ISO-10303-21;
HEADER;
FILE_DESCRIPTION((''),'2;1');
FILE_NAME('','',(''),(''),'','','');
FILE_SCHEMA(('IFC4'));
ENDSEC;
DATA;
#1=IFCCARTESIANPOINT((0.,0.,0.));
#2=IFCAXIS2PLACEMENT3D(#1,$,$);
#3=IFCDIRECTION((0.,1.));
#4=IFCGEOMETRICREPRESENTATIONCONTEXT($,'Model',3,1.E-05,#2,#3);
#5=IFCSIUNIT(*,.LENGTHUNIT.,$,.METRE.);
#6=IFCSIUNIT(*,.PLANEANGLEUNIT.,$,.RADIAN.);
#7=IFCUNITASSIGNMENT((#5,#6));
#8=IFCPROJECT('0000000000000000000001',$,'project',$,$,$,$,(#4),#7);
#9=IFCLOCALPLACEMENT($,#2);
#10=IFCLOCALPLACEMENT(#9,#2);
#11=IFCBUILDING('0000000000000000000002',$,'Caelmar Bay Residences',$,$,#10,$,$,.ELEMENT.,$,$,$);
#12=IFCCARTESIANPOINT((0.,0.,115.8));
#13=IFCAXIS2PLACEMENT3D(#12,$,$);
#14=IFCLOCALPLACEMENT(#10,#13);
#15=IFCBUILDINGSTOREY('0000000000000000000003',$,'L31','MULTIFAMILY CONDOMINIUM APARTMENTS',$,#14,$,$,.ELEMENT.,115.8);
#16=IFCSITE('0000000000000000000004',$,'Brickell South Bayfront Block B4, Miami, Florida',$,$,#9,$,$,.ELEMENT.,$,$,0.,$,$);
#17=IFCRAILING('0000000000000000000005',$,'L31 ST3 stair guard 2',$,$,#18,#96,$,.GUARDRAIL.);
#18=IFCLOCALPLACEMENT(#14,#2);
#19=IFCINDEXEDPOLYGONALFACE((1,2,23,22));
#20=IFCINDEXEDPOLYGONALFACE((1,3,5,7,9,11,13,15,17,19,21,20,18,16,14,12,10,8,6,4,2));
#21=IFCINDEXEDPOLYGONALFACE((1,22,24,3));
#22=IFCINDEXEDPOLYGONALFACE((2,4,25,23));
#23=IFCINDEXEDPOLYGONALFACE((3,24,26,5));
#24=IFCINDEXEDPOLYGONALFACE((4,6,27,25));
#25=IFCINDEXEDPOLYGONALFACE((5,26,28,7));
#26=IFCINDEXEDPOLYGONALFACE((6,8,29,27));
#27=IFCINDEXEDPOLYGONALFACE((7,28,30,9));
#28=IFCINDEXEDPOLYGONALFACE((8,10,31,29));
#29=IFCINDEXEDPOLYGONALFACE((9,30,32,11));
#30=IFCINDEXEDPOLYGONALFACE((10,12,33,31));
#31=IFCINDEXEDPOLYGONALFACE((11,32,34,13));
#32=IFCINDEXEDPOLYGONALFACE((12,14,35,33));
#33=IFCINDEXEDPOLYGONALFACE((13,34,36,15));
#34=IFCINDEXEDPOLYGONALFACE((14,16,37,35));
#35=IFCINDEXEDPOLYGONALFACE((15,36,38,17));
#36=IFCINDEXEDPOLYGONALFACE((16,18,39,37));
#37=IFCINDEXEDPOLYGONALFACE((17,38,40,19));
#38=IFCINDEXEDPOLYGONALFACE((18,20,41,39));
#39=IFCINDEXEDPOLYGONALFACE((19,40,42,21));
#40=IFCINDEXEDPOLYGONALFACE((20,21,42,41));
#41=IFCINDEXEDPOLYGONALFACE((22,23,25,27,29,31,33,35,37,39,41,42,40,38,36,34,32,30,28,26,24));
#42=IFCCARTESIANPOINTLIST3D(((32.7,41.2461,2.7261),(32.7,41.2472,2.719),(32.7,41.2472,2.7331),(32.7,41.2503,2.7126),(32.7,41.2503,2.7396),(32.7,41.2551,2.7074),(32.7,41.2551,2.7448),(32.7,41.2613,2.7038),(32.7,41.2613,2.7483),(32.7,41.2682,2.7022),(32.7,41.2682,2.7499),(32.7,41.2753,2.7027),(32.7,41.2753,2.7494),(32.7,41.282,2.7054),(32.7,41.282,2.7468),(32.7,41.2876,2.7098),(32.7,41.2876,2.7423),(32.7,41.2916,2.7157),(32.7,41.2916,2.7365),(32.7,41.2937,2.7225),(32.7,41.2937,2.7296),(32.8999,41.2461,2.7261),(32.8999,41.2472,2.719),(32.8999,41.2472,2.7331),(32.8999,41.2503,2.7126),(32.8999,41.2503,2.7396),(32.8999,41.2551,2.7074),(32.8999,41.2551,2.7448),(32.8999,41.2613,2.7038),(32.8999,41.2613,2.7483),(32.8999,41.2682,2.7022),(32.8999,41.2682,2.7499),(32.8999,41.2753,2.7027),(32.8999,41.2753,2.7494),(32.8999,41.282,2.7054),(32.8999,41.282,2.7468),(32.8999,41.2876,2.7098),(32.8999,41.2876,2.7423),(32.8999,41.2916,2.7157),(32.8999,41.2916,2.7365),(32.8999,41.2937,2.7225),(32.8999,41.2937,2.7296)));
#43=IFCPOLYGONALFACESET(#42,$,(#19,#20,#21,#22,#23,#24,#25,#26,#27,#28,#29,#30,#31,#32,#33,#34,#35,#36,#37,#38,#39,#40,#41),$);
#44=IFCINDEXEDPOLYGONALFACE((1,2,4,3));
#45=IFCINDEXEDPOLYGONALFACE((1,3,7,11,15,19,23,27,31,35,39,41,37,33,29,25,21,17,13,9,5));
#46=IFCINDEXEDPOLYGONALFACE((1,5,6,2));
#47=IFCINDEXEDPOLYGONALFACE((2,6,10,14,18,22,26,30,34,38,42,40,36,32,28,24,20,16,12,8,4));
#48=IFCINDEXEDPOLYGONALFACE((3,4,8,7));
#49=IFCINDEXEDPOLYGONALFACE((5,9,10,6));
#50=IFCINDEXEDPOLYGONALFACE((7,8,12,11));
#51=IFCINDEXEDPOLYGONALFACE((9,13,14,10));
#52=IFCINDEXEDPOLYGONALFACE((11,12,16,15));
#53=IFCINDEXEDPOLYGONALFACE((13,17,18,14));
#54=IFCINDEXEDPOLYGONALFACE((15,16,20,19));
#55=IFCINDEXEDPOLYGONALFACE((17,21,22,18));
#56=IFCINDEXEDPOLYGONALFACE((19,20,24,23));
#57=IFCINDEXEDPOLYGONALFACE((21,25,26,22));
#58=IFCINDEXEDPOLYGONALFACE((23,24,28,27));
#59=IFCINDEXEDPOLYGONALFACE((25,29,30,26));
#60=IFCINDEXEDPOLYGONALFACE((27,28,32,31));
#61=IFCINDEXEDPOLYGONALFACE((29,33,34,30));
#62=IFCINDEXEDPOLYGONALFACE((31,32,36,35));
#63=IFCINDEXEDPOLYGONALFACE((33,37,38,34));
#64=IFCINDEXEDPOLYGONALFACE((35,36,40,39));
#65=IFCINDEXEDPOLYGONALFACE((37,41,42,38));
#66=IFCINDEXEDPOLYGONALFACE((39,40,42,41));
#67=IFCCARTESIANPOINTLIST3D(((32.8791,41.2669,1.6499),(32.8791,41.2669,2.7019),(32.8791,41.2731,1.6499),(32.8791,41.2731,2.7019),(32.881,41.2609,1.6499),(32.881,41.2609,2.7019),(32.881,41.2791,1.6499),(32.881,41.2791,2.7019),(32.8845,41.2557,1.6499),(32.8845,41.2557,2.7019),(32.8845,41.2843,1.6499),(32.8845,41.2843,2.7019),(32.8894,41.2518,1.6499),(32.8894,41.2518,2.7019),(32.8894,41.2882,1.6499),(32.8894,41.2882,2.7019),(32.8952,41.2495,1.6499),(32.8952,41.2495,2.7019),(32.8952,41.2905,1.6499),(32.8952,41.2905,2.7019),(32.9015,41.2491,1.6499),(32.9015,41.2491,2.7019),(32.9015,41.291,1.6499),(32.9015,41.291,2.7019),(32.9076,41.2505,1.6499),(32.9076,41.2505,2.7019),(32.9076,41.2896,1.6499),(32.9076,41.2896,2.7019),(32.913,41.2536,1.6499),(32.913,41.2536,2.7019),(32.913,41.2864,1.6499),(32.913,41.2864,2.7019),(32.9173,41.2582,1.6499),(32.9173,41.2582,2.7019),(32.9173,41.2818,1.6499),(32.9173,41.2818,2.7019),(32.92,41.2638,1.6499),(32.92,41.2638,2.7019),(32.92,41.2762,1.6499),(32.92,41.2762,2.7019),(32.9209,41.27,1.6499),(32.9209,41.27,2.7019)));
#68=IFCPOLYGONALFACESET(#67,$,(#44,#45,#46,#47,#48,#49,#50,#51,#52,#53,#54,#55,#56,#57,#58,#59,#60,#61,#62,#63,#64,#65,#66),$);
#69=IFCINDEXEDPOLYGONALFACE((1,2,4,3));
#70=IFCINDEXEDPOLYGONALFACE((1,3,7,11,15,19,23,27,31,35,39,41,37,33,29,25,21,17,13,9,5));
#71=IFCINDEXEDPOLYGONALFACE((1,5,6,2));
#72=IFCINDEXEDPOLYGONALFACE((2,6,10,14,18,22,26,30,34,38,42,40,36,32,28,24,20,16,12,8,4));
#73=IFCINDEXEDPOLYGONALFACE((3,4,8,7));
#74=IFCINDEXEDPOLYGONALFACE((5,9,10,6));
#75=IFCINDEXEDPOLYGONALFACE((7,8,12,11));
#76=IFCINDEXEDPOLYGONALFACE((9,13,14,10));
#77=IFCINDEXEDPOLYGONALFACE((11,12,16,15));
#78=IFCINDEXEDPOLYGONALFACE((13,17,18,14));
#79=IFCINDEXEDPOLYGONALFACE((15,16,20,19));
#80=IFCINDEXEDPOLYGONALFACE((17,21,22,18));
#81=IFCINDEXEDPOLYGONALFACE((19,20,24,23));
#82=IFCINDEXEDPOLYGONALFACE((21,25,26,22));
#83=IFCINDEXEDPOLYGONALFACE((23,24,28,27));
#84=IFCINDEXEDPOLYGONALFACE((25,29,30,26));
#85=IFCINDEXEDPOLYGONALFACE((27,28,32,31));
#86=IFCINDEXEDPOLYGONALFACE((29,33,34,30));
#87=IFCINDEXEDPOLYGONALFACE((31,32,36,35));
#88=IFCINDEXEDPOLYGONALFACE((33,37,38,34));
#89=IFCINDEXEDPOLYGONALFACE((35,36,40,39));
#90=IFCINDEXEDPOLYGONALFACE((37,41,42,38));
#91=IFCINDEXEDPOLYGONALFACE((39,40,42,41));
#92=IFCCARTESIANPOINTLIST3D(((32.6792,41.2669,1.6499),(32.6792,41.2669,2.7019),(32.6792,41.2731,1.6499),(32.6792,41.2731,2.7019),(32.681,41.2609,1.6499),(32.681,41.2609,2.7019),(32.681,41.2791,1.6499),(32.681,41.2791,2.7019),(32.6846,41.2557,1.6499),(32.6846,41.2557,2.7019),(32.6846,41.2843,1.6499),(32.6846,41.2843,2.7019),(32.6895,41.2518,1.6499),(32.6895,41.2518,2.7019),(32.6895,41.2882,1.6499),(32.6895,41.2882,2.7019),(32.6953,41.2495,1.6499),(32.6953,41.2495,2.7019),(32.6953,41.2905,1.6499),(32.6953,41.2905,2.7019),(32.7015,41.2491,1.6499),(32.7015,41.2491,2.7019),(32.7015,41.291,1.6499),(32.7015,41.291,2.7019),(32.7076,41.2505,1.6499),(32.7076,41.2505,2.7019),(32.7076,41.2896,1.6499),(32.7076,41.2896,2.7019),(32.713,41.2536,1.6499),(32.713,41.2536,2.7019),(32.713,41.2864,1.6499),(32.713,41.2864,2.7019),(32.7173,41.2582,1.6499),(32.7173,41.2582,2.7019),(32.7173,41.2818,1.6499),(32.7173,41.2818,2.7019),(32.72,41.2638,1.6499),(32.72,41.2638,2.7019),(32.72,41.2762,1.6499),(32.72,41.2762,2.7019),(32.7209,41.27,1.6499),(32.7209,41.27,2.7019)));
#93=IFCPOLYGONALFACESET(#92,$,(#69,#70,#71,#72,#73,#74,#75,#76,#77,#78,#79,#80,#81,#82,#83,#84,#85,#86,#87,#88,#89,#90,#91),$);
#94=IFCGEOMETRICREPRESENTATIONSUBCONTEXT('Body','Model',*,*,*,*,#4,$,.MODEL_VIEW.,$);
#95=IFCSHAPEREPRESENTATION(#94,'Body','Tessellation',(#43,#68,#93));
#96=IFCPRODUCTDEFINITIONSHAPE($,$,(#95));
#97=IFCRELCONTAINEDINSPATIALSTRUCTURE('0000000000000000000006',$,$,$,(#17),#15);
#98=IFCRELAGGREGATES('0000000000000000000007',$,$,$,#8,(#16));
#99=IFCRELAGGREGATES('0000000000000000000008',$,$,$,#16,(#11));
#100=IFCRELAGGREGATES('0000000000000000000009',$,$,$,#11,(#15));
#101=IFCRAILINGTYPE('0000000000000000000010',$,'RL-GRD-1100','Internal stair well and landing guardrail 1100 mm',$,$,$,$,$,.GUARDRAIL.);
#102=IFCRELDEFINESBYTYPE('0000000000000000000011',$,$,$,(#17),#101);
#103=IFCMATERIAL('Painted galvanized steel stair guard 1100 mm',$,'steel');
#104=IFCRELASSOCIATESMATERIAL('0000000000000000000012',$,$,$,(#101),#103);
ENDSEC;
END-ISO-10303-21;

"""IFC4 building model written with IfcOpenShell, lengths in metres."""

from ifc_helpers import new_model, si_unit, direction, frame, origin, origin_2d, place, context, subcontext, project, spatial, circle, extrude, material, type_object, element, save


model = new_model("IFC4")

# Units and contexts
model_context = context("Model", 3, precision=1e-05, world=origin(), true_north=direction((0.0, 1.0)))
body_context = subcontext(model_context, "Body", "Model", "MODEL_VIEW")
ifc_project = project(units=[si_unit("LENGTHUNIT", "METRE"), si_unit("PLANEANGLEUNIT", "RADIAN")], contexts=[model_context])

# Site, building, storey
site_placement = place(None, origin())
site = spatial("IfcSite", under=ifc_project, at=site_placement, Name="Brickell South Bayfront Block B4, Miami, Florida", CompositionType="ELEMENT", RefElevation=0.0)
building_placement = place(site_placement, origin())
building = spatial("IfcBuilding", under=site, at=building_placement, Name="Caelmar Bay Residences", CompositionType="ELEMENT")
storey_placement = place(building_placement, frame((0.0, 0.0, 115.8)))
storey = spatial("IfcBuildingStorey", under=building, at=storey_placement, Name="L31", Description="MULTIFAMILY CONDOMINIUM APARTMENTS", CompositionType="ELEMENT", Elevation=115.8)

# Railing
ifc_material_1 = material(Name="Painted galvanized steel stair guard 1100 mm", Category="steel")
railing_type_1 = type_object("IfcRailingType", Name="RL-GRD-1100", Description="Internal stair well and landing guardrail 1100 mm", PredefinedType="GUARDRAIL", material=ifc_material_1)
railing_1_placement = place(storey_placement, frame((32.8999, 41.27, 1.6499)))
element("IfcRailing", 1, at=railing_1_placement, inside=storey, type_object=railing_type_1, Name="L31 ST3 stair guard 2", PredefinedType="GUARDRAIL", context=body_context, shape_type="SweptSolid", body=[
    extrude(circle(Radius=0.0239, at=origin_2d()), frame((0.0, 0.0, 1.0762), z_axis=(-1.0, 0.0, 0.0), x_axis=(0.0, -1.0, 0.0)), (0.0, 0.0, 1.0), 0.2),
    extrude(circle(Radius=0.021, at=origin_2d()), origin(), (0.0, 0.0, 1.0), 1.052),
    extrude(circle(Radius=0.021, at=origin_2d()), frame((-0.2, 0.0, 0.0)), (0.0, 0.0, 1.0), 1.052),
])

save(model, "model.ifc")
